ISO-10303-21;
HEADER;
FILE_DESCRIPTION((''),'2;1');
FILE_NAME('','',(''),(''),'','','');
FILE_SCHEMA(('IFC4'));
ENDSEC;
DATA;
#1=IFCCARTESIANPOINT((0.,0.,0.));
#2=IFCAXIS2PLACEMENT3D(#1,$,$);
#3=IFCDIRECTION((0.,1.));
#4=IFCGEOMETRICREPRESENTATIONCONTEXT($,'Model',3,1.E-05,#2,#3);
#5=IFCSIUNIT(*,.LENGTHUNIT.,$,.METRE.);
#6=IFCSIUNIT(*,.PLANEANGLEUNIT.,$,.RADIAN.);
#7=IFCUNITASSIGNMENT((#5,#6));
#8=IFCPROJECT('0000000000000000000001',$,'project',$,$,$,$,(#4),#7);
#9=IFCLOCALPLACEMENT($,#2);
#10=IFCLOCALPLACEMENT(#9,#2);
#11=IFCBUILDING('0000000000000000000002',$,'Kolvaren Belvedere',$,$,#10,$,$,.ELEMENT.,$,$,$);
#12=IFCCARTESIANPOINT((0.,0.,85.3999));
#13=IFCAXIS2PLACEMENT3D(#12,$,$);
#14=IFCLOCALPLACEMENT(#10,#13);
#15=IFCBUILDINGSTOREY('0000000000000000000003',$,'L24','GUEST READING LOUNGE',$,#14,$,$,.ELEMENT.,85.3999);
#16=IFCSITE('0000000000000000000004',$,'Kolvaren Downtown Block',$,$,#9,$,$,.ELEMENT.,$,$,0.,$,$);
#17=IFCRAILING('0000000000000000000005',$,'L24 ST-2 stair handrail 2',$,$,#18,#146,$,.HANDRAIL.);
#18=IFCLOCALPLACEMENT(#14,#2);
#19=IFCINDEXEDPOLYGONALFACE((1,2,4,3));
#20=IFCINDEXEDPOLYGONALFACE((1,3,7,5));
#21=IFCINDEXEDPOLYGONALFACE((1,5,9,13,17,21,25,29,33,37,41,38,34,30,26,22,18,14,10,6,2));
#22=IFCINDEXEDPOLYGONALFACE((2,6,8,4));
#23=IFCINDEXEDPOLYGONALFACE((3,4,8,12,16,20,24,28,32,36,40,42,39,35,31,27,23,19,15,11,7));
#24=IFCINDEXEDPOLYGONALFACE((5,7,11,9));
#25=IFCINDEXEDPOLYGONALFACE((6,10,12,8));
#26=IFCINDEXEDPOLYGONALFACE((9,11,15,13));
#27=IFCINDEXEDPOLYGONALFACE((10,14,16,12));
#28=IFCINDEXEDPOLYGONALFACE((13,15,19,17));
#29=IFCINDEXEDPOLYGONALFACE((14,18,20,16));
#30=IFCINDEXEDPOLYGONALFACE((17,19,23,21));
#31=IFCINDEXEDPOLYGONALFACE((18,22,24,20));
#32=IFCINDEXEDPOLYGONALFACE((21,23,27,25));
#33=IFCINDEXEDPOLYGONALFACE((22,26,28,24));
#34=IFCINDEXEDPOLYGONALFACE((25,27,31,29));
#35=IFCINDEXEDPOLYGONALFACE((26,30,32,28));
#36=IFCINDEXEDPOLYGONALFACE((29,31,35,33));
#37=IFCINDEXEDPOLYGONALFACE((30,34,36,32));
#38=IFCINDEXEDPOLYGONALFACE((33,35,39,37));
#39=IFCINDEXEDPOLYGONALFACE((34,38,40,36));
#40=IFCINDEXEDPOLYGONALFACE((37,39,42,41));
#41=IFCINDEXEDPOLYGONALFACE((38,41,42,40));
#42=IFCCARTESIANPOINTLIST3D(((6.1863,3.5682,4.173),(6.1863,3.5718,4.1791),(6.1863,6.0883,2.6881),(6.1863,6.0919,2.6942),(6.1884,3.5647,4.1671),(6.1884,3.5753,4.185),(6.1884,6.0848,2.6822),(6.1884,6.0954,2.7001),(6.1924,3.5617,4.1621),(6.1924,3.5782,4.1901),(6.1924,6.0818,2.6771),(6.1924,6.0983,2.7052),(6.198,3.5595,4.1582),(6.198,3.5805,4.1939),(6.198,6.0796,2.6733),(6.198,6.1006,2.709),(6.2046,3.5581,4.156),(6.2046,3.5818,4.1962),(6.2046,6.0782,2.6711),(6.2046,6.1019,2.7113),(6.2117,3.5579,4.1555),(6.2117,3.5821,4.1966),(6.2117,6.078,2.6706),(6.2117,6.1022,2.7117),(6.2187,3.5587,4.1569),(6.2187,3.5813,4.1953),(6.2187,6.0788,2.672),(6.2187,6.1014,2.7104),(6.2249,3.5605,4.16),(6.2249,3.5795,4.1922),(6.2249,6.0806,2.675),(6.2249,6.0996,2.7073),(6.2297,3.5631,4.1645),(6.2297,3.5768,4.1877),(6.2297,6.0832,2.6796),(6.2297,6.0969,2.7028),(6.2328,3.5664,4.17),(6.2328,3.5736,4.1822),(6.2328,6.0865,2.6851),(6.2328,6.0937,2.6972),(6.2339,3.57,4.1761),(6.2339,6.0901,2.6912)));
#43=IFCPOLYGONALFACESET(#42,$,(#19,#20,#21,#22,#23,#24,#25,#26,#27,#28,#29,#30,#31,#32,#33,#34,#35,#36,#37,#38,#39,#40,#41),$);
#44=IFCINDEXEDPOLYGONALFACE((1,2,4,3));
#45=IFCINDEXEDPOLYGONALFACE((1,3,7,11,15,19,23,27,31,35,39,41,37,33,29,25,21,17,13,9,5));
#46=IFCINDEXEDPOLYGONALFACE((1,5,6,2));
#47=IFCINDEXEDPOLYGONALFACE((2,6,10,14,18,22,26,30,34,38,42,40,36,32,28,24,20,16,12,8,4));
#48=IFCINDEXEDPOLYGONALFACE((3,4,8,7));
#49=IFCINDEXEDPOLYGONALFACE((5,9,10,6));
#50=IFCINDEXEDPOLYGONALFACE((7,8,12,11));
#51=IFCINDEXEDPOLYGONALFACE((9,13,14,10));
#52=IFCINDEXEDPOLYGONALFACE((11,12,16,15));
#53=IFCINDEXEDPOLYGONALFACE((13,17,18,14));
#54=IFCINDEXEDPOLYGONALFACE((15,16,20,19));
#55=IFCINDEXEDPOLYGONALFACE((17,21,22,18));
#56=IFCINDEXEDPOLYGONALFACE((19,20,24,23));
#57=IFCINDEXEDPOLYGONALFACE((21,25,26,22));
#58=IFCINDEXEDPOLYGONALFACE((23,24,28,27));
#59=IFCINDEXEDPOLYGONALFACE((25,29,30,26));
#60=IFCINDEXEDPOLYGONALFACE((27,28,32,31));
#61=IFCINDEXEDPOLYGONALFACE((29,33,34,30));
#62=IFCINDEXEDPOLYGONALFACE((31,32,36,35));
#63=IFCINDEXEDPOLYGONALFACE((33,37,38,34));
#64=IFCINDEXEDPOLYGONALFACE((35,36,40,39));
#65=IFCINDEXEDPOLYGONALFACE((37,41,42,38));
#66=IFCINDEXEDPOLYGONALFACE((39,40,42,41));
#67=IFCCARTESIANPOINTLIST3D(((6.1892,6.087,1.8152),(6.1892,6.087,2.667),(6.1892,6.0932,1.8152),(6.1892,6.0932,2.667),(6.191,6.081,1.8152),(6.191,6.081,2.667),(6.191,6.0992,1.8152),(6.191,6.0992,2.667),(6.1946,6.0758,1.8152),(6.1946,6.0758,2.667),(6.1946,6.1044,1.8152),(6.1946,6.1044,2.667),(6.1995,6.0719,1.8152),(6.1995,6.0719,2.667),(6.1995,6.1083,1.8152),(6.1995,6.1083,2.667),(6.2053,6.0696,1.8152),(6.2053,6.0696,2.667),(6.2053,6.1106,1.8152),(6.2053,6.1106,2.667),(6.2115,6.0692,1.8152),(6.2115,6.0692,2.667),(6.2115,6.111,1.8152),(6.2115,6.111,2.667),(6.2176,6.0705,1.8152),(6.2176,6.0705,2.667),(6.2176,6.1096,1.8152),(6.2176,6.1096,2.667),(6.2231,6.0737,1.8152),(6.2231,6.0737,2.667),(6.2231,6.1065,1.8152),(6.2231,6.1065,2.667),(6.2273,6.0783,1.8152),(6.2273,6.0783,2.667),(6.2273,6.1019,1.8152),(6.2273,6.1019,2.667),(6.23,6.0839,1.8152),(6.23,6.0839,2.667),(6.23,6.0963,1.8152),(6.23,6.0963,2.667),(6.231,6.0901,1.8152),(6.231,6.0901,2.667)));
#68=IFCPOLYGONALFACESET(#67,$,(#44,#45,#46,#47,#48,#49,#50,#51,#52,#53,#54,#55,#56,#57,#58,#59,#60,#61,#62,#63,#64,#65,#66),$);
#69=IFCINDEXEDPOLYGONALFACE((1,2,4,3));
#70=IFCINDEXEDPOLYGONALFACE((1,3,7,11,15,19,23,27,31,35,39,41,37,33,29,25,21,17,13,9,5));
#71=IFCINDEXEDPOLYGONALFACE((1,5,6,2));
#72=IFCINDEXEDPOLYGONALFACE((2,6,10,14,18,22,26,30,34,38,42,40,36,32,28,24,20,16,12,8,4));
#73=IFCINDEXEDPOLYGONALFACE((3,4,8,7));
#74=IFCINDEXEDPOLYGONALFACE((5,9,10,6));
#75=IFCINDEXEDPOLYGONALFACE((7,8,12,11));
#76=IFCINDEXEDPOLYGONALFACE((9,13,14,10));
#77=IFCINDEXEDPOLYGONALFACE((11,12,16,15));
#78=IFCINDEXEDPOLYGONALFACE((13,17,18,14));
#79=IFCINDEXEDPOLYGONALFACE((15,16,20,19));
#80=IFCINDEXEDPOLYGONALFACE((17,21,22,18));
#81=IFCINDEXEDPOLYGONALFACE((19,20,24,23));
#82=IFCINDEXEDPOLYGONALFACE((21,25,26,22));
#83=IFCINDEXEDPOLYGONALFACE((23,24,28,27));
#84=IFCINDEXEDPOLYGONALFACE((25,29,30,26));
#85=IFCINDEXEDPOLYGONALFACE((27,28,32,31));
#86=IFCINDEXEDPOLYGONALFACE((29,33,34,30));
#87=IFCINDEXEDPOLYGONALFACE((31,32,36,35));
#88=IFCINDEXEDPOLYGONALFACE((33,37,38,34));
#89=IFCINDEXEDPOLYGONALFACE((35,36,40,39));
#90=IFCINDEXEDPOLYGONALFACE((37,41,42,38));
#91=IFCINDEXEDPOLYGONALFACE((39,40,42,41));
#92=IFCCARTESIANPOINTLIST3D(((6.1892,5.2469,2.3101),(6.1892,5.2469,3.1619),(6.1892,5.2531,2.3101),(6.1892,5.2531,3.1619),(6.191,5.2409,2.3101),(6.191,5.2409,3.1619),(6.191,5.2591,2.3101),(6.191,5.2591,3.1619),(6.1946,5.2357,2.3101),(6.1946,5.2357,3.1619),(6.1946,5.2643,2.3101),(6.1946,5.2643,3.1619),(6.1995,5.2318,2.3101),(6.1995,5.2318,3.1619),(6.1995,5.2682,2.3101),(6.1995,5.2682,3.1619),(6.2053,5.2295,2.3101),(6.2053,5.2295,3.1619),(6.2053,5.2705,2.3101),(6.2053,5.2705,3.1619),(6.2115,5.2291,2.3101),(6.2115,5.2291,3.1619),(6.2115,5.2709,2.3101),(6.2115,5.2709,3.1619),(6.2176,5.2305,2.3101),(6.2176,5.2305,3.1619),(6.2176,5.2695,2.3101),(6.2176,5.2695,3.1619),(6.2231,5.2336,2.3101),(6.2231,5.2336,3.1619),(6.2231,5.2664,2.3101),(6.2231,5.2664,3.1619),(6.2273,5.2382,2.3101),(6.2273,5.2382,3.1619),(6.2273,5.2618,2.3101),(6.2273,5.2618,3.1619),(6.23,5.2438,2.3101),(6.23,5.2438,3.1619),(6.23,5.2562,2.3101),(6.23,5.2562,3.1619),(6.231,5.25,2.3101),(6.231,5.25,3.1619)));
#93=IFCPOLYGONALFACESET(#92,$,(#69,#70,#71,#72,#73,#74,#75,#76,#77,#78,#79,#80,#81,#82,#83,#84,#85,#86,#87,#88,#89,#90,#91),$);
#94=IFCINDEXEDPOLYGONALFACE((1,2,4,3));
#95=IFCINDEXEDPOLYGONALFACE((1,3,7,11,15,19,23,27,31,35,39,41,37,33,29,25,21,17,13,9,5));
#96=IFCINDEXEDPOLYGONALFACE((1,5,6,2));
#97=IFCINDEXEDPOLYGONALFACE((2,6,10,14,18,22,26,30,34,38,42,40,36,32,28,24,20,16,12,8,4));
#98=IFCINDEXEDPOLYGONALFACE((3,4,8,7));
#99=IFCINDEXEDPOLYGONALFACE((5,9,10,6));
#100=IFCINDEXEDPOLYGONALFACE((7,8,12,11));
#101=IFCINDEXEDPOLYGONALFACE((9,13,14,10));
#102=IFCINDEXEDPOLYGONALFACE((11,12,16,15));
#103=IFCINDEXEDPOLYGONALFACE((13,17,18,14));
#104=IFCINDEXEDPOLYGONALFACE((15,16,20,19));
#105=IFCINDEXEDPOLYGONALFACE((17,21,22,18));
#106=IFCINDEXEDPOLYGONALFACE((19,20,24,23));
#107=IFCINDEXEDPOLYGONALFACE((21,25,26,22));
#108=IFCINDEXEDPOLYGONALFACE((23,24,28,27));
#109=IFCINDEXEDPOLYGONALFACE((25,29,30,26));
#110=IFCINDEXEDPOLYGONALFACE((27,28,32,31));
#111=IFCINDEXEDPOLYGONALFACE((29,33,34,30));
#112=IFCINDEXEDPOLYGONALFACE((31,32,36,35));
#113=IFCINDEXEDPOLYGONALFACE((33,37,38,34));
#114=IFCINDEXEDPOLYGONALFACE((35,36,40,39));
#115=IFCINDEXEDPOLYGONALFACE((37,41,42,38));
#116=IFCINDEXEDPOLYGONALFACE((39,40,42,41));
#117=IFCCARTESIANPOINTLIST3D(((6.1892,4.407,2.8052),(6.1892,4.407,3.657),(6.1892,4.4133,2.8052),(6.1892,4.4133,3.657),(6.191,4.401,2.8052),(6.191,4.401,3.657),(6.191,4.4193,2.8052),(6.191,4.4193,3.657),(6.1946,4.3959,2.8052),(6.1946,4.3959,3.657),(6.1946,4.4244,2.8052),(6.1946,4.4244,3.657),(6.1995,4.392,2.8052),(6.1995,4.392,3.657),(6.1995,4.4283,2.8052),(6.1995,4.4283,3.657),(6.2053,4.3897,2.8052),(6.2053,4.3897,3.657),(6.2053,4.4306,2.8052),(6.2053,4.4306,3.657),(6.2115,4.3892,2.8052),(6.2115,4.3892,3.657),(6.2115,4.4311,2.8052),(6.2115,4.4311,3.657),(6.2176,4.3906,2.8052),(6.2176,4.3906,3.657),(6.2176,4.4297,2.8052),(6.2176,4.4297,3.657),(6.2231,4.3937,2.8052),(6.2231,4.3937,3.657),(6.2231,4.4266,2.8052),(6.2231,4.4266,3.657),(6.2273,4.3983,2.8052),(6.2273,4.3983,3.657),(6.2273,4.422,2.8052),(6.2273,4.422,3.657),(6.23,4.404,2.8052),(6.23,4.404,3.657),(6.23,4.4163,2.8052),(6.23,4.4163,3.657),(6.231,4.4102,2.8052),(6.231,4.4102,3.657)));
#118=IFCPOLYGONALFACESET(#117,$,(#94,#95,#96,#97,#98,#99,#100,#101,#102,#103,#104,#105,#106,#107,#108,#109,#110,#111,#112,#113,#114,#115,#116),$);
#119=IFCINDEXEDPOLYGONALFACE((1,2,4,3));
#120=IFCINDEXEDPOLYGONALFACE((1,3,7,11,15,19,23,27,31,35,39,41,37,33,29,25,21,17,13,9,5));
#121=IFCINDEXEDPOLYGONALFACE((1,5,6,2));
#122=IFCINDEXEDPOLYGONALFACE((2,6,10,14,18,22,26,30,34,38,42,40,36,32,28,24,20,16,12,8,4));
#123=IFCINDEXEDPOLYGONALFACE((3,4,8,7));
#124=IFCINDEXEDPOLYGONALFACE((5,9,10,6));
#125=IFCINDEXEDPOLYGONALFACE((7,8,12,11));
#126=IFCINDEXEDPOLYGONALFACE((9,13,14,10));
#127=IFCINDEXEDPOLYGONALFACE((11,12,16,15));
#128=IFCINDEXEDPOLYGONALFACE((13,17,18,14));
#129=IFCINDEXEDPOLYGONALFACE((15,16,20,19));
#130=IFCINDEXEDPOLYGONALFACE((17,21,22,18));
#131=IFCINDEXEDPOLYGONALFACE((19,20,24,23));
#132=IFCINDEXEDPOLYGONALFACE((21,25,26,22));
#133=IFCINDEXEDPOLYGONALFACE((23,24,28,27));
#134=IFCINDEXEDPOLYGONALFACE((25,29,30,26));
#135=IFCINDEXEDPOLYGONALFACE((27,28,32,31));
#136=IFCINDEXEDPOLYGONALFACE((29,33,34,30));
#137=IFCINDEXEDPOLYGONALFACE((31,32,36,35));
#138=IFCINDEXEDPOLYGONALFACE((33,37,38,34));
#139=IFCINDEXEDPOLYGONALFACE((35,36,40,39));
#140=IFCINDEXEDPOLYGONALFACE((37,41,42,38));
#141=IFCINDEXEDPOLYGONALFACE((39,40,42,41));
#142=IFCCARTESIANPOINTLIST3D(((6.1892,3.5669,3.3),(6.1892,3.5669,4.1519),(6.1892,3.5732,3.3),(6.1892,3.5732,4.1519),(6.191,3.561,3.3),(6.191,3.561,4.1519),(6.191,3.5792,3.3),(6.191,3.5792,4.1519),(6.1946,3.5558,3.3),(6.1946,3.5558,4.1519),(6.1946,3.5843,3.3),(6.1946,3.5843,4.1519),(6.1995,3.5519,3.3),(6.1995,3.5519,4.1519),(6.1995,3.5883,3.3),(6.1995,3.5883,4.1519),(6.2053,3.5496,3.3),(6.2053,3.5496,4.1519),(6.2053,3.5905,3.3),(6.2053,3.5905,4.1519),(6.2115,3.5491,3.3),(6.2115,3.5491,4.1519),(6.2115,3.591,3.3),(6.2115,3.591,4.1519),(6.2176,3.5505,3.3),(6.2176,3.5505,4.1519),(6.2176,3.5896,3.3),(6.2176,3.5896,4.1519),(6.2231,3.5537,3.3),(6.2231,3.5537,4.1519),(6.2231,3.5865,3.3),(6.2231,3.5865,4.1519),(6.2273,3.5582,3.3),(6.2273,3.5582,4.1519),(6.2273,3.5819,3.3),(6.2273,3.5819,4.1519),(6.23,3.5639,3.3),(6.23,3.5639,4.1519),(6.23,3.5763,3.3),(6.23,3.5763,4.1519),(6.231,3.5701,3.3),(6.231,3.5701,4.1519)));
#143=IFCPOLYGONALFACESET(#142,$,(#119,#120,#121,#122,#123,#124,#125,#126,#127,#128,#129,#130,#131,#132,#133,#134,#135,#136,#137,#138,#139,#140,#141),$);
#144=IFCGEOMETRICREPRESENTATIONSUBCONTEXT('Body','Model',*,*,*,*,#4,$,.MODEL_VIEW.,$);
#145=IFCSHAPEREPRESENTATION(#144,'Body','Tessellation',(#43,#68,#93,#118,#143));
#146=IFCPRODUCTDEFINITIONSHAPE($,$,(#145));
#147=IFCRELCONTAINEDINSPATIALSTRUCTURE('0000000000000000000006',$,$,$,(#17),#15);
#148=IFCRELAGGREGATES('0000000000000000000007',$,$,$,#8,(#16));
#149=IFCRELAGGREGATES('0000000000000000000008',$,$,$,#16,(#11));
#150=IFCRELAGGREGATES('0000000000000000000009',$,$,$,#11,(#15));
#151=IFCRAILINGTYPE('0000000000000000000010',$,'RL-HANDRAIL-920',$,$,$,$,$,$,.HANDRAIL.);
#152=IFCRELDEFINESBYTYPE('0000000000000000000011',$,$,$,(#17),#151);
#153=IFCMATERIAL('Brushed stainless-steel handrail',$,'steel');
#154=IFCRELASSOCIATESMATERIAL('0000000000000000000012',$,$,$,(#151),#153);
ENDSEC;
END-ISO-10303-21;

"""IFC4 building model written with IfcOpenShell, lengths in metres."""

from ifc_helpers import new_model, si_unit, direction, frame, origin, origin_2d, place, context, subcontext, project, spatial, circle, extrude, material, type_object, element, save


model = new_model("IFC4")

# Units and contexts
model_context = context("Model", 3, precision=1e-05, world=origin(), true_north=direction((0.0, 1.0)))
body_context = subcontext(model_context, "Body", "Model", "MODEL_VIEW")
ifc_project = project(units=[si_unit("LENGTHUNIT", "METRE"), si_unit("PLANEANGLEUNIT", "RADIAN")], contexts=[model_context])

# Site, building, storey
site_placement = place(None, origin())
site = spatial("IfcSite", under=ifc_project, at=site_placement, Name="Kolvaren Downtown Block", CompositionType="ELEMENT", RefElevation=0.0)
building_placement = place(site_placement, origin())
building = spatial("IfcBuilding", under=site, at=building_placement, Name="Kolvaren Belvedere", CompositionType="ELEMENT")
storey_placement = place(building_placement, frame((0.0, 0.0, 85.3999)))
storey = spatial("IfcBuildingStorey", under=building, at=storey_placement, Name="L24", Description="GUEST READING LOUNGE", CompositionType="ELEMENT", Elevation=85.3999)

# Railing
ifc_material_1 = material(Name="Brushed stainless-steel handrail", Category="steel")
railing_type_1 = type_object("IfcRailingType", Name="RL-HANDRAIL-920", PredefinedType="HANDRAIL", material=ifc_material_1)
railing_1_placement = place(storey_placement, frame((6.21, 6.0901, 1.8152)))
element("IfcRailing", 1, at=railing_1_placement, inside=storey, type_object=railing_type_1, Name="L24 ST-2 stair handrail 2", PredefinedType="HANDRAIL", context=body_context, shape_type="SweptSolid", body=[
    extrude(circle(Radius=0.0239, at=origin_2d()), frame((0.0, 0.0, 0.876), z_axis=(0.0, -0.861561, 0.507655), x_axis=(1.0, 0.0, 0.0)), (0.0, 0.0, 1.0), 2.925),
    extrude(circle(Radius=0.021, at=origin_2d()), origin(), (0.0, 0.0, 1.0), 0.8518),
    extrude(circle(Radius=0.021, at=origin_2d()), frame((0.0, -0.8401, 0.4949)), (0.0, 0.0, 1.0), 0.8518),
    extrude(circle(Radius=0.021, at=origin_2d()), frame((0.0, -1.6799, 0.99)), (0.0, 0.0, 1.0), 0.8518),
    extrude(circle(Radius=0.021, at=origin_2d()), frame((0.0, -2.52, 1.4849)), (0.0, 0.0, 1.0), 0.8518),
])

save(model, "model.ifc")
